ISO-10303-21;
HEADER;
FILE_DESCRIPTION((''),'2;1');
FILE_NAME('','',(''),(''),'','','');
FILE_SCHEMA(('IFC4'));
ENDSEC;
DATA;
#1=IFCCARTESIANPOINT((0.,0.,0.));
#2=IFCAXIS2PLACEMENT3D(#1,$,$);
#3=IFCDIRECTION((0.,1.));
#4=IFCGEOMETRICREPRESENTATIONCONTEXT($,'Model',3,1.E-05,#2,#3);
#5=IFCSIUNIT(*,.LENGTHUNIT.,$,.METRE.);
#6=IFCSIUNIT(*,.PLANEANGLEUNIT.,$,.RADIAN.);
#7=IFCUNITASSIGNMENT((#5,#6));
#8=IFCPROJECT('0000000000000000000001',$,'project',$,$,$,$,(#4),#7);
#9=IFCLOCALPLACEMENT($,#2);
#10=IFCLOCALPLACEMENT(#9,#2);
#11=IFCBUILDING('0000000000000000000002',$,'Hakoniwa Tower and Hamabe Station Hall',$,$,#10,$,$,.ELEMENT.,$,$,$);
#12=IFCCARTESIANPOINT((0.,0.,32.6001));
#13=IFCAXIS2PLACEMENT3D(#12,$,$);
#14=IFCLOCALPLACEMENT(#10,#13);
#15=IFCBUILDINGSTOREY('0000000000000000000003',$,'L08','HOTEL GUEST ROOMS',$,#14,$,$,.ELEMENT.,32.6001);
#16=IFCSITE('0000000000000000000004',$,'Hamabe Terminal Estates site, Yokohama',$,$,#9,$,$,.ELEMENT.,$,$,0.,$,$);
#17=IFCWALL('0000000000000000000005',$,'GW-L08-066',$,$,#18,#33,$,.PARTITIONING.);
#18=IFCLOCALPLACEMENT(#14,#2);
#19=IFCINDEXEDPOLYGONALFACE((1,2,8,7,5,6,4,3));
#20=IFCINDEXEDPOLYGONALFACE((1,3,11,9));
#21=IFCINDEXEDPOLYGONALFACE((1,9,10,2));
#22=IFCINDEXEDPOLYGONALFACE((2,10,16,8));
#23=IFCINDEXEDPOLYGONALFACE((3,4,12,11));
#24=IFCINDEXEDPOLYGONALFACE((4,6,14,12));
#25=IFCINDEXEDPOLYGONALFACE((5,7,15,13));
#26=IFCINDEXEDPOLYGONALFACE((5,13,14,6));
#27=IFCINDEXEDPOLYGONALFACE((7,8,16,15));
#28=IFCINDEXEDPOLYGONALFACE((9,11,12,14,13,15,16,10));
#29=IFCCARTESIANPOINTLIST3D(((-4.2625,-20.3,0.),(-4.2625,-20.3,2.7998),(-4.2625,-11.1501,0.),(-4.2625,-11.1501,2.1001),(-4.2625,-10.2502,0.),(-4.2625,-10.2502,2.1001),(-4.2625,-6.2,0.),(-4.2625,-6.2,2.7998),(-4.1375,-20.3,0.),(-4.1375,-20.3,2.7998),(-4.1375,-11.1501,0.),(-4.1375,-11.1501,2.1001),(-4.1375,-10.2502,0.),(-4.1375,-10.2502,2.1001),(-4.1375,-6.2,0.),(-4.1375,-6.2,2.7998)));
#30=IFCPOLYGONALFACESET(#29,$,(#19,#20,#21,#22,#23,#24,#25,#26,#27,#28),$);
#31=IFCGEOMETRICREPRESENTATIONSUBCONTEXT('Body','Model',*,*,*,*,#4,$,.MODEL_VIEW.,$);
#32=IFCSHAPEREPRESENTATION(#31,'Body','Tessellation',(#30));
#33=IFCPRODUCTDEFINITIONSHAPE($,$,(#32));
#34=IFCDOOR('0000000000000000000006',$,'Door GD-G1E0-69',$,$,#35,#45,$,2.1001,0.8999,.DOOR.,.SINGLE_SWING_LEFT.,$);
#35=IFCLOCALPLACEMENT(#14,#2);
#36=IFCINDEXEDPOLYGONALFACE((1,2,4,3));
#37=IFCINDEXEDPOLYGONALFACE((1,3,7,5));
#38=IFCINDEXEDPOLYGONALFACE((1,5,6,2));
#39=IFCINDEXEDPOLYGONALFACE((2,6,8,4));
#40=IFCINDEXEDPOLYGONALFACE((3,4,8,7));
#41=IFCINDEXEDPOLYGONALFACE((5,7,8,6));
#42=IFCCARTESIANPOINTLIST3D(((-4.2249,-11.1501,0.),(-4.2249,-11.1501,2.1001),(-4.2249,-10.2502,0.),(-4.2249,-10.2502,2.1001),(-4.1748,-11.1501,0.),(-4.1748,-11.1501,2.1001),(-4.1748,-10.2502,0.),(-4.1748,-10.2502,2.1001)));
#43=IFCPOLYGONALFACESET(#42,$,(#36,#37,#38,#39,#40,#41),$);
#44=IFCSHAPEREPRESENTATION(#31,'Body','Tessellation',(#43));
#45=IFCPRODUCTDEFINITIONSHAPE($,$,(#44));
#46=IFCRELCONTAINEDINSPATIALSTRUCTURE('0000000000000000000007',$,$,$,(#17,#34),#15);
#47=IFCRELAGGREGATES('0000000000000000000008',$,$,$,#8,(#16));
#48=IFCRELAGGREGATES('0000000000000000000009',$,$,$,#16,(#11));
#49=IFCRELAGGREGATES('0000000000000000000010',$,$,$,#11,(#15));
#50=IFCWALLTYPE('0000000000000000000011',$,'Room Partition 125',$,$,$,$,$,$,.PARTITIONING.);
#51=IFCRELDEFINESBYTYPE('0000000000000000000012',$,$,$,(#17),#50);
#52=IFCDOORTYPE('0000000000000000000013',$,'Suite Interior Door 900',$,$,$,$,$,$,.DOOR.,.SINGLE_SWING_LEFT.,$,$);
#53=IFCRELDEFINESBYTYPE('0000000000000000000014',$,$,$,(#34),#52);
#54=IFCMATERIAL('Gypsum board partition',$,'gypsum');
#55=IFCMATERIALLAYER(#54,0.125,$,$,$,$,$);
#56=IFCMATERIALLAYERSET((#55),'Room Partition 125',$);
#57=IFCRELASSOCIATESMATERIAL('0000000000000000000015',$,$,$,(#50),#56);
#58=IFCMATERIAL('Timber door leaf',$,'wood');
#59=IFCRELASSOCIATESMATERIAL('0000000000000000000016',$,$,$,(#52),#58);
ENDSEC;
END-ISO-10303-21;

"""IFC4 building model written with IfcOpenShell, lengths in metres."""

from ifc_helpers import new_model, si_unit, direction, frame, frame_2d, origin, place, context, subcontext, project, spatial, rectangle, extrude, material, layer, layer_set, type_object, element, fill, save


model = new_model("IFC4")

# Units and contexts
model_context = context("Model", 3, precision=1e-05, world=origin(), true_north=direction((0.0, 1.0)))
body_context = subcontext(model_context, "Body", "Model", "MODEL_VIEW")
ifc_project = project(units=[si_unit("LENGTHUNIT", "METRE"), si_unit("PLANEANGLEUNIT", "RADIAN")], contexts=[model_context])

# Site, building, storey
site_placement = place(None, origin())
site = spatial("IfcSite", under=ifc_project, at=site_placement, Name="Hamabe Terminal Estates site, Yokohama", CompositionType="ELEMENT", RefElevation=0.0)
building_placement = place(site_placement, origin())
building = spatial("IfcBuilding", under=site, at=building_placement, Name="Hakoniwa Tower and Hamabe Station Hall", CompositionType="ELEMENT")
storey_placement = place(building_placement, frame((0.0, 0.0, 32.6001)))
storey = spatial("IfcBuildingStorey", under=building, at=storey_placement, Name="L08", Description="HOTEL GUEST ROOMS", CompositionType="ELEMENT", Elevation=32.6001)

# Wall, opening, door
ifc_material_1 = material(Name="Gypsum board partition", Category="gypsum")
ifc_layer_1 = layer(ifc_material_1, 0.125)
ifc_layer_set_1 = layer_set([ifc_layer_1], Name="Room Partition 125")
wall_type_1 = type_object("IfcWallType", Name="Room Partition 125", PredefinedType="PARTITIONING", material=ifc_layer_set_1)
wall_1_placement = place(storey_placement, frame((-4.2, -20.3, 0.0), z_axis=(0.0, 0.0, 1.0), x_axis=(0.0, 1.0, 0.0)))
wall_1 = element("IfcWall", 1, at=wall_1_placement, inside=storey, type_object=wall_type_1, Name="GW-L08-066", PredefinedType="PARTITIONING", context=body_context, shape_type="SweptSolid", body=[
    extrude(rectangle(XDim=14.1001, YDim=0.125, at=frame_2d((7.05, 0.0))), origin(), (0.0, 0.0, 1.0), 2.7998),
])
opening_1_placement = place(wall_1_placement, frame((9.1499, 0.0, 0.0)))
opening_1 = element("IfcOpeningElement", 2, at=opening_1_placement, cuts=wall_1, PredefinedType="OPENING", context=body_context, shape_type="SweptSolid", body=[
    extrude(rectangle(XDim=0.8999, YDim=2.1001, at=frame_2d((0.45, 1.05))), frame((0.0, 0.0725, 0.0), z_axis=(0.0, -1.0, 0.0), x_axis=(1.0, 0.0, 0.0)), (0.0, 0.0, 1.0), 0.145),
])
ifc_material_2 = material(Name="Timber door leaf", Category="wood")
door_type_1 = type_object("IfcDoorType", Name="Suite Interior Door 900", OperationType="SINGLE_SWING_LEFT", PredefinedType="DOOR", material=ifc_material_2)
door_1_placement = place(opening_1_placement, origin())
door_1 = element("IfcDoor", 3, at=door_1_placement, inside=storey, type_object=door_type_1, Name="Door GD-G1E0-69", OperationType="SINGLE_SWING_LEFT", OverallHeight=2.1001, OverallWidth=0.8999, PredefinedType="DOOR", context=body_context, shape_type="SweptSolid", body=[
    extrude(rectangle(XDim=0.8999, YDim=2.1001, at=frame_2d((0.45, 1.05))), frame((0.0, 0.0249, 0.0), z_axis=(0.0, -1.0, 0.0), x_axis=(1.0, 0.0, 0.0)), (0.0, 0.0, 1.0), 0.05),
])
fill(opening_1, door_1)

save(model, "model.ifc")
